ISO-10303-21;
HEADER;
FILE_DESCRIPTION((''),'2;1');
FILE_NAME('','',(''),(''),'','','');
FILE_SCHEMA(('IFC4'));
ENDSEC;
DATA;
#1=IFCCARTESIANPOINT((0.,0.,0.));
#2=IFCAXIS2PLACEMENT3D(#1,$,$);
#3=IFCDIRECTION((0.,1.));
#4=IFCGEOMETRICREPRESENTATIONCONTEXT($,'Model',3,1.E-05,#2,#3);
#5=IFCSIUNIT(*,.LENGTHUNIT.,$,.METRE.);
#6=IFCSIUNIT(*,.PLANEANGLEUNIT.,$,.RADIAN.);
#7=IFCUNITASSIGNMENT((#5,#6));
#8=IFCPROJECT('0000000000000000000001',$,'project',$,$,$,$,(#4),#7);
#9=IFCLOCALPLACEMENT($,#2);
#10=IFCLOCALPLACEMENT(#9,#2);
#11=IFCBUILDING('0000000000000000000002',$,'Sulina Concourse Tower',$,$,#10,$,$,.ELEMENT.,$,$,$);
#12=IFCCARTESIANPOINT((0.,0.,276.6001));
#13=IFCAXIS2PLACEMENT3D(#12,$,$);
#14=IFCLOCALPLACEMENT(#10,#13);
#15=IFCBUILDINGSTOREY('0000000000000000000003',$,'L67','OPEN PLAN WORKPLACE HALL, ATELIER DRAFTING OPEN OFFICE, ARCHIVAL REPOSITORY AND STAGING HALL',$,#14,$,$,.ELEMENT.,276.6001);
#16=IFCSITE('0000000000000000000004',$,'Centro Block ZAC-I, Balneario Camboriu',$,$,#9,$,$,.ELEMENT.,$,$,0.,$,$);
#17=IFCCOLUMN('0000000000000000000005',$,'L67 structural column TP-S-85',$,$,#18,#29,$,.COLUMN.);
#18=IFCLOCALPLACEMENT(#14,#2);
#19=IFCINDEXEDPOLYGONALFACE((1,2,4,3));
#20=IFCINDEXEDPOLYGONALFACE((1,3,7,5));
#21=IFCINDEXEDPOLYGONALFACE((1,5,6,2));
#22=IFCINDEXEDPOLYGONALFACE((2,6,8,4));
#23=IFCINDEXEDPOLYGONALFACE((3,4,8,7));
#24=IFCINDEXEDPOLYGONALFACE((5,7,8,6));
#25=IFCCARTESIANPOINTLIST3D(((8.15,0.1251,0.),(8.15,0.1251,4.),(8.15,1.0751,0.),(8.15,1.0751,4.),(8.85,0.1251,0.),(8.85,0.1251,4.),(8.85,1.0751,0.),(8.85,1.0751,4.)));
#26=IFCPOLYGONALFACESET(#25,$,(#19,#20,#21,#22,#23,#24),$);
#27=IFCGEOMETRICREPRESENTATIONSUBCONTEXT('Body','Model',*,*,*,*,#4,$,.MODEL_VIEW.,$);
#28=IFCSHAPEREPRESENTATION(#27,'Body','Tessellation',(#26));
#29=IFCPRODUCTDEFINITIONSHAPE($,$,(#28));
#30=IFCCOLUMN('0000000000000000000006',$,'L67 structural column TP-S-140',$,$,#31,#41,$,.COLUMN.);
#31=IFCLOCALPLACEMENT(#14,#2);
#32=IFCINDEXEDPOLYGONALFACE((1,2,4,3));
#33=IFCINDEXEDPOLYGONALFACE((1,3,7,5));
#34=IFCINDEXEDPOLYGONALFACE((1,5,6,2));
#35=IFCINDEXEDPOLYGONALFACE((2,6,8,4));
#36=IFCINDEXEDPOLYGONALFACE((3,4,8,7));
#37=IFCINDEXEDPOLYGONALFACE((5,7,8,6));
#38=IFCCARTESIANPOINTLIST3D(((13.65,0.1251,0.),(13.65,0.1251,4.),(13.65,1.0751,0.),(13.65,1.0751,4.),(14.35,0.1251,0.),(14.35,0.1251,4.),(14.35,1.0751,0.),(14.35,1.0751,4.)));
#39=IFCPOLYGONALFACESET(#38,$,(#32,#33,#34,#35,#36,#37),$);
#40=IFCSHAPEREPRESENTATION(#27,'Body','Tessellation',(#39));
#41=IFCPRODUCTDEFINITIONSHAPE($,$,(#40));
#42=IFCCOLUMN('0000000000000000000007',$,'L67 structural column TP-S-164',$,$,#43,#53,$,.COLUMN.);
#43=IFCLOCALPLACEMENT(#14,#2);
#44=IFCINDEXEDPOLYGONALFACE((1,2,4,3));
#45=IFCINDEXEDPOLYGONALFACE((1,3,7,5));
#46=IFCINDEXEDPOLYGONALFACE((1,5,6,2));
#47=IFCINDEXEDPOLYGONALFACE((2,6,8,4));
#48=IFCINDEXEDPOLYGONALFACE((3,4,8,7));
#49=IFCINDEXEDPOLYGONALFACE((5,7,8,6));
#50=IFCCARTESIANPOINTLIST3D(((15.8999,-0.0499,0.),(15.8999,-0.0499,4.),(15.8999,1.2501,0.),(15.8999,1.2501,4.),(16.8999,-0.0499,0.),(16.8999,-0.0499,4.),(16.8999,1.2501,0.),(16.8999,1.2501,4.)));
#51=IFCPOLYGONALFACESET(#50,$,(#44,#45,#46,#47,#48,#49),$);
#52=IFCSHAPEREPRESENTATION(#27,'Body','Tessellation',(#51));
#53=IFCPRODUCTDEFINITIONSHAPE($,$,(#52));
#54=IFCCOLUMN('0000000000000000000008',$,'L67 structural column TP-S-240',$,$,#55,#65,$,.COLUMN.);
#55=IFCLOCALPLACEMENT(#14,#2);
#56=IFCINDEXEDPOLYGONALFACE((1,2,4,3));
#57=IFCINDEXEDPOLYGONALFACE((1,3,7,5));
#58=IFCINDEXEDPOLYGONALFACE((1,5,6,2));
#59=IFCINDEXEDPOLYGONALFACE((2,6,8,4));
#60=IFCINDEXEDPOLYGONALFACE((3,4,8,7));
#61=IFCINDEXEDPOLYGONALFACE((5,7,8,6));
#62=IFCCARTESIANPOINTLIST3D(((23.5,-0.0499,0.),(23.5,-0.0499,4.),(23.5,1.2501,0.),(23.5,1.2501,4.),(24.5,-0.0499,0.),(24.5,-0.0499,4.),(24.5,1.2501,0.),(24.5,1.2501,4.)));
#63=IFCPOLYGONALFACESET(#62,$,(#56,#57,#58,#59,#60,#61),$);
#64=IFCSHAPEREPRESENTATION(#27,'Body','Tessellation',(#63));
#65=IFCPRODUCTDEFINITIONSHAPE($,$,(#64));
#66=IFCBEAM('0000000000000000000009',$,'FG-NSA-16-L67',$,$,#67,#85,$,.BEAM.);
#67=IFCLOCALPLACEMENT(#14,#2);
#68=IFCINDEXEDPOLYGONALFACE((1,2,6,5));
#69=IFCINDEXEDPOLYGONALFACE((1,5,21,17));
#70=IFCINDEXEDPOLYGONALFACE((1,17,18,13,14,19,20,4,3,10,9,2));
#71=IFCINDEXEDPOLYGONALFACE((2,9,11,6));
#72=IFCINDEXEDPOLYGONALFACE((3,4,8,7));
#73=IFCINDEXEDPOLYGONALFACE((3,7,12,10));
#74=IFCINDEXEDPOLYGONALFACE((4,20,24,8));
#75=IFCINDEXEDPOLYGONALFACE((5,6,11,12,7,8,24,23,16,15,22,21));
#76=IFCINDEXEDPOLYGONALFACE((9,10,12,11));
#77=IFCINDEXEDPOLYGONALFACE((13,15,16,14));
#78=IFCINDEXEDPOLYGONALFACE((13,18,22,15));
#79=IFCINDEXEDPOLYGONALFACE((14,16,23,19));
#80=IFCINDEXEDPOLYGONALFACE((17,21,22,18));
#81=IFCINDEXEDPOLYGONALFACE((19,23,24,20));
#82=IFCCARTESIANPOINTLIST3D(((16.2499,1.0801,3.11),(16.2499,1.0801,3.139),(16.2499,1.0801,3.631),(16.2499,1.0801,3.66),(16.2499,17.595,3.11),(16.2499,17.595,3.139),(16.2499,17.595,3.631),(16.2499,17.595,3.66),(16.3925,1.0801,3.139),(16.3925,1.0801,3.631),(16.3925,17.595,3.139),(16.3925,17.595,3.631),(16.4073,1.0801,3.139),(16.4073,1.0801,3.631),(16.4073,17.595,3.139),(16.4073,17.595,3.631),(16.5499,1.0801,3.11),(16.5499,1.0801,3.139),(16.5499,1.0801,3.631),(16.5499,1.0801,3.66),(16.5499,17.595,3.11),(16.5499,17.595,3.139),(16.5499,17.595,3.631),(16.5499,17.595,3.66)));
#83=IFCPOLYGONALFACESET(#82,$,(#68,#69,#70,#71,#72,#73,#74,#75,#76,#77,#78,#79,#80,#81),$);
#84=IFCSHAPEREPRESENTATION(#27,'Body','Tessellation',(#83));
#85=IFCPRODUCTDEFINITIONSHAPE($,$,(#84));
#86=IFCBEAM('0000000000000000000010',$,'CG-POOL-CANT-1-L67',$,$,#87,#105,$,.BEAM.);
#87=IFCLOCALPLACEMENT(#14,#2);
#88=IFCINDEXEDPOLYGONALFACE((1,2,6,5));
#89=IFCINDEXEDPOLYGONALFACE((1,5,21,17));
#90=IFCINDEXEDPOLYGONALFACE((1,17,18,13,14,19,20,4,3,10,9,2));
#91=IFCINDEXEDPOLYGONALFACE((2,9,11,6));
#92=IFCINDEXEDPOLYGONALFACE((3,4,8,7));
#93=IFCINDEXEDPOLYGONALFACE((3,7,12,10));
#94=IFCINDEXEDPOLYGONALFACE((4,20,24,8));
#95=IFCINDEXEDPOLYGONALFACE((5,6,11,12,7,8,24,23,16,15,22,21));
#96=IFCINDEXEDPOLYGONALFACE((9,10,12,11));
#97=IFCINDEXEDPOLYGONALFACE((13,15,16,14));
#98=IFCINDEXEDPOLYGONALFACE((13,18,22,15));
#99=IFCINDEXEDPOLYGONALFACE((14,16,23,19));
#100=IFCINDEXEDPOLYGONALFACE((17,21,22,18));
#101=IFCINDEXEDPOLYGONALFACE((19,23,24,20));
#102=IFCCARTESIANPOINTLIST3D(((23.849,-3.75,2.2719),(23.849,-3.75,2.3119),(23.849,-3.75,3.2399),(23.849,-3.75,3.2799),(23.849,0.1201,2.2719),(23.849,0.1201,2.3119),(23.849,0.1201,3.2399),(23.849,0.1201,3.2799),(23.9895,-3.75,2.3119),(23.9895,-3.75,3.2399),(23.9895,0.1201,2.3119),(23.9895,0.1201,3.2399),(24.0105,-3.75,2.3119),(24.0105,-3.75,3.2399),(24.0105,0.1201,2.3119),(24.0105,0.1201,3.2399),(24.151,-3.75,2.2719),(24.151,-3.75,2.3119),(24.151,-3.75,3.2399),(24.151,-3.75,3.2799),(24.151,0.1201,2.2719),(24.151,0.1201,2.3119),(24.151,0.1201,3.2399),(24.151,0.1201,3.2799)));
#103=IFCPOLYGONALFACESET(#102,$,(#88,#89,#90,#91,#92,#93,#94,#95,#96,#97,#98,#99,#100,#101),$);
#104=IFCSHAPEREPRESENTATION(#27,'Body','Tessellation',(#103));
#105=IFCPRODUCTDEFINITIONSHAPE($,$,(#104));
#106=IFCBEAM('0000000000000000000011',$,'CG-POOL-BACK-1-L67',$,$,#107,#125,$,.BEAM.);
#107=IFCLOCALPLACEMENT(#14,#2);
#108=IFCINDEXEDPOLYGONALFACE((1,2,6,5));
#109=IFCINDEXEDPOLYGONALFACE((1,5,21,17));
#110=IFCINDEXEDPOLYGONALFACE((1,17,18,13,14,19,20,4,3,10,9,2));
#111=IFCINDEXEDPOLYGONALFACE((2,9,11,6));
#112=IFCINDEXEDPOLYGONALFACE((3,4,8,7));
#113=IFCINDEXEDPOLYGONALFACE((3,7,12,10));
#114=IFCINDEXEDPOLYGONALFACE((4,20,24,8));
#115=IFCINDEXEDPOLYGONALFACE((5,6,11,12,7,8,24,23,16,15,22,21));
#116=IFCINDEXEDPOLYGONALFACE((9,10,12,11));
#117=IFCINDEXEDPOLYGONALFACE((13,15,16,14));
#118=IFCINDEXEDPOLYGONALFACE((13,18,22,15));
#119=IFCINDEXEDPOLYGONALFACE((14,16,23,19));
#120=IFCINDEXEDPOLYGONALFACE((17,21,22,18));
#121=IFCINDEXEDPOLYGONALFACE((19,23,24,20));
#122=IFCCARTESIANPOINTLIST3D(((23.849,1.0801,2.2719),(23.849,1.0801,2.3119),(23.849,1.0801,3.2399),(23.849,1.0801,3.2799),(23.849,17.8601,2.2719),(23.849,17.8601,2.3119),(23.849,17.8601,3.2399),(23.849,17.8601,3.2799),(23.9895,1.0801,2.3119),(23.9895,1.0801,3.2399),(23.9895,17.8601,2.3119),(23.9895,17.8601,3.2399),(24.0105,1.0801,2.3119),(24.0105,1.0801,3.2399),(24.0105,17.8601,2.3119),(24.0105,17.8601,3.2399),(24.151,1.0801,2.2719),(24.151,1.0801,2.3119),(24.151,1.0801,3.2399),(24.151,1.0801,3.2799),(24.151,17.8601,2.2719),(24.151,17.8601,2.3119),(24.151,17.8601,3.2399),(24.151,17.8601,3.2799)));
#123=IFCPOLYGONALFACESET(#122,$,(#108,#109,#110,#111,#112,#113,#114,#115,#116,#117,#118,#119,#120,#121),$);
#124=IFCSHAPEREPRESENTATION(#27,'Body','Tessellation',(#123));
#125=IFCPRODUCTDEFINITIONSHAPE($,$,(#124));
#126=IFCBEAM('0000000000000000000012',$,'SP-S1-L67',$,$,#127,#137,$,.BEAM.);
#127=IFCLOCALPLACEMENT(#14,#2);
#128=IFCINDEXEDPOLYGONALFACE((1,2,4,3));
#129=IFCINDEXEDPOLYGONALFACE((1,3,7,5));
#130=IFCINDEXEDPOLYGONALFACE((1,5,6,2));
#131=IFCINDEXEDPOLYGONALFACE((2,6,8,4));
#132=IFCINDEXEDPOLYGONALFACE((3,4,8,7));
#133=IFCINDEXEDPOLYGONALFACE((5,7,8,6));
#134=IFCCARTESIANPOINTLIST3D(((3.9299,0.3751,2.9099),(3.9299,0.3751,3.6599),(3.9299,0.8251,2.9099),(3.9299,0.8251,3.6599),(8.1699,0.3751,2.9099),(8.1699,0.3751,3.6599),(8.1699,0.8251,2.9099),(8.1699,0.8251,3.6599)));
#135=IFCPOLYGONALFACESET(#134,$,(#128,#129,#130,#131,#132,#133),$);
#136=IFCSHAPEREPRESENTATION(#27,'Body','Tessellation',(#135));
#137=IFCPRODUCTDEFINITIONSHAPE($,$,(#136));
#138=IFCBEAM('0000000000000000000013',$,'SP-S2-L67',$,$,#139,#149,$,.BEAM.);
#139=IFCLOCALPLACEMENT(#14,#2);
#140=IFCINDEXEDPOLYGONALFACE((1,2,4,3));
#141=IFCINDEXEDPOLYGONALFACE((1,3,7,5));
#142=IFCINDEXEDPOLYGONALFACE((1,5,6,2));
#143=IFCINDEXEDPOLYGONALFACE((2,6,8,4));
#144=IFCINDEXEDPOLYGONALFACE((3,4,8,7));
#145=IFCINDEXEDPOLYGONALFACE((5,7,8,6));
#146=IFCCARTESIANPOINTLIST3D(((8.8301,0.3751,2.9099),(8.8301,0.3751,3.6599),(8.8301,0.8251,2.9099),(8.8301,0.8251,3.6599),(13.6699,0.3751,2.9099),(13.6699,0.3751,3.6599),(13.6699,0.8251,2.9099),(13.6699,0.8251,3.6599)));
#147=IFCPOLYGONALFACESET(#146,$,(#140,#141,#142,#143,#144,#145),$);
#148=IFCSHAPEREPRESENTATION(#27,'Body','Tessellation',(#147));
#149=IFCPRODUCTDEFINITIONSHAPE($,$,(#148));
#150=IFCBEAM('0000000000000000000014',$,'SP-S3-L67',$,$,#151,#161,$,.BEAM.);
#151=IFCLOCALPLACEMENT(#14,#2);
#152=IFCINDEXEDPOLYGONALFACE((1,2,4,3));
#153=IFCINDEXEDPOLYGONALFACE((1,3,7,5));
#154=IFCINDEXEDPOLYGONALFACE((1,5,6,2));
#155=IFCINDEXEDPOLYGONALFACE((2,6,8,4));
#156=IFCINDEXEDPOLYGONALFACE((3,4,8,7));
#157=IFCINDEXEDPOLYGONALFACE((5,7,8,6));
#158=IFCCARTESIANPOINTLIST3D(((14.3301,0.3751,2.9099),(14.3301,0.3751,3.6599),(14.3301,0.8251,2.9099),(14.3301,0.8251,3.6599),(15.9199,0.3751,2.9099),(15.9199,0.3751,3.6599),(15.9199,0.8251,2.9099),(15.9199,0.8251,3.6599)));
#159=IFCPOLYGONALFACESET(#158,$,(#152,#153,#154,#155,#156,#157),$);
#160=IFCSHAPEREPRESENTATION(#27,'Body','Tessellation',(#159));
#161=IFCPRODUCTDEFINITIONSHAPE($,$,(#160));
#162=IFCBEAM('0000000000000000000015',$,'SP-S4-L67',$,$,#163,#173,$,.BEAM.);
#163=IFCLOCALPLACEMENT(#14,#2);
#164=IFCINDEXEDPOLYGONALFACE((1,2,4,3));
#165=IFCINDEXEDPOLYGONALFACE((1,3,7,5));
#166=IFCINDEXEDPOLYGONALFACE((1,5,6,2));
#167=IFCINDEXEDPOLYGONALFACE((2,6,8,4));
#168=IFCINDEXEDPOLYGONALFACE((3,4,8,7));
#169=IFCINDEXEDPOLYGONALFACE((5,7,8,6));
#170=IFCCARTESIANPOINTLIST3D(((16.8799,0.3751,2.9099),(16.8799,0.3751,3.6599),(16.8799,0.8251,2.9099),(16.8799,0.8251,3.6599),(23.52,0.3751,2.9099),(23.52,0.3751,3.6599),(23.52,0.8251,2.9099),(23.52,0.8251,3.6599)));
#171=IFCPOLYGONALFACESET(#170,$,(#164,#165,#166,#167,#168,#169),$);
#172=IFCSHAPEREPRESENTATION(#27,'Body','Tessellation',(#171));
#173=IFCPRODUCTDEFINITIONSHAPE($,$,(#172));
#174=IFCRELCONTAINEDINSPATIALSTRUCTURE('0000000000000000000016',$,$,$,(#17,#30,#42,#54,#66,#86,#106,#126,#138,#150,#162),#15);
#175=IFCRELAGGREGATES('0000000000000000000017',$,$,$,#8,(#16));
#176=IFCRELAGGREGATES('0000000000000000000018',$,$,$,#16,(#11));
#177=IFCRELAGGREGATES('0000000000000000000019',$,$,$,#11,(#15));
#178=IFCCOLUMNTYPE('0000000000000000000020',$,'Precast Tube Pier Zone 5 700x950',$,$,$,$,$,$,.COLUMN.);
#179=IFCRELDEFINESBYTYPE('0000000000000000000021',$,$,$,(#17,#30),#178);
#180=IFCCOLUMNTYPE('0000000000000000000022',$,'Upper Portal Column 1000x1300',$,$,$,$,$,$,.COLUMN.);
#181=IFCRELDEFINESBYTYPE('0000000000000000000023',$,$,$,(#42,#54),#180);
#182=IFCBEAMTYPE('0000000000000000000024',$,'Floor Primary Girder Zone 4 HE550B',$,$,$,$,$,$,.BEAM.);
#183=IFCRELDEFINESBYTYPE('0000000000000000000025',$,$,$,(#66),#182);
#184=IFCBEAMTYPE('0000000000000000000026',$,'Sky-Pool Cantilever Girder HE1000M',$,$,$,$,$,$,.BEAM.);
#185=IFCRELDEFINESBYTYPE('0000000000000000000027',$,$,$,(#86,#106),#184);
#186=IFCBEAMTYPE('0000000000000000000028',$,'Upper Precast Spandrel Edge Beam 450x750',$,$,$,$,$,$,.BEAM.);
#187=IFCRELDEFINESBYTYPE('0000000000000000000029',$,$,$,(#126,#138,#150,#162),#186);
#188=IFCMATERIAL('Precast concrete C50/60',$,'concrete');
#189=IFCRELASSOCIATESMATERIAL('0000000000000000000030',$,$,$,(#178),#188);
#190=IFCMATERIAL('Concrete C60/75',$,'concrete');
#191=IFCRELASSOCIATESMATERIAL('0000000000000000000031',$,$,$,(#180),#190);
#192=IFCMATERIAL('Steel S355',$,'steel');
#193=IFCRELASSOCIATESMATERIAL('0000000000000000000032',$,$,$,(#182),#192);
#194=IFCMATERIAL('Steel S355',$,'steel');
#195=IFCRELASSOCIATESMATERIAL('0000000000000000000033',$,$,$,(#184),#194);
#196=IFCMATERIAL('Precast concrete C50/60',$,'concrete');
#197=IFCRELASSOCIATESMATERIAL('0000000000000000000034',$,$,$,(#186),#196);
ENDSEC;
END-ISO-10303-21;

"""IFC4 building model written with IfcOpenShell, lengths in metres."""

from ifc_helpers import new_model, si_unit, direction, frame, origin, origin_2d, place, context, subcontext, project, spatial, rectangle, i_section, extrude, material, material_profile, profile_set, type_object, element, save


model = new_model("IFC4")

# Units and contexts
model_context = context("Model", 3, precision=1e-05, world=origin(), true_north=direction((0.0, 1.0)))
body_context = subcontext(model_context, "Body", "Model", "MODEL_VIEW")
ifc_project = project(units=[si_unit("LENGTHUNIT", "METRE"), si_unit("PLANEANGLEUNIT", "RADIAN")], contexts=[model_context])

# Site, building, storey
site_placement = place(None, origin())
site = spatial("IfcSite", under=ifc_project, at=site_placement, Name="Centro Block ZAC-I, Balneario Camboriu", CompositionType="ELEMENT", RefElevation=0.0)
building_placement = place(site_placement, origin())
building = spatial("IfcBuilding", under=site, at=building_placement, Name="Sulina Concourse Tower", CompositionType="ELEMENT")
storey_placement = place(building_placement, frame((0.0, 0.0, 276.6001)))
storey = spatial("IfcBuildingStorey", under=building, at=storey_placement, Name="L67", Description="OPEN PLAN WORKPLACE HALL, ATELIER DRAFTING OPEN OFFICE, ARCHIVAL REPOSITORY AND STAGING HALL", CompositionType="ELEMENT", Elevation=276.6001)

# Columns
ifc_material_1 = material(Name="Precast concrete C50/60", Category="concrete")
ifc_material_profile_1 = material_profile(ifc_material_1, rectangle(XDim=0.7, YDim=0.95, at=origin_2d()), Name="PC 700x950")
ifc_profile_set_1 = profile_set([ifc_material_profile_1], Name="Precast concrete C50/60")
column_type_1 = type_object("IfcColumnType", Name="Precast Tube Pier Zone 5 700x950", PredefinedType="COLUMN", material=ifc_profile_set_1)
for number, where, z_axis, x_axis, name in (
    (1, (8.5, 0.6001, 0.0), (0.0, 0.0, 1.0), (1.0, 0.0, 0.0), "L67 structural column TP-S-85"),
    (2, (14.0, 0.6001, 0.0), (0.0, 0.0, 1.0), (1.0, 0.0, 0.0), "L67 structural column TP-S-140"),
):
    element("IfcColumn", number, at=place(storey_placement, frame(where, z_axis=z_axis, x_axis=x_axis)), inside=storey, type_object=column_type_1, Name=name, PredefinedType="COLUMN", context=body_context, shape_type="SweptSolid", body=[
        extrude(rectangle(XDim=0.7, YDim=0.95, at=origin_2d()), origin(), (0.0, 0.0, 1.0), 4.0),
    ])
ifc_material_2 = material(Name="Concrete C60/75", Category="concrete")
ifc_material_profile_2 = material_profile(ifc_material_2, rectangle(XDim=1.0, YDim=1.3, at=origin_2d()), Name="RC 1000x1300")
ifc_profile_set_2 = profile_set([ifc_material_profile_2], Name="Concrete C60/75")
column_type_2 = type_object("IfcColumnType", Name="Upper Portal Column 1000x1300", PredefinedType="COLUMN", material=ifc_profile_set_2)
for number, where, z_axis, x_axis, name in (
    (3, (16.3999, 0.6001, 0.0), (0.0, 0.0, 1.0), (1.0, 0.0, 0.0), "L67 structural column TP-S-164"),
    (4, (24.0, 0.6001, 0.0), (0.0, 0.0, 1.0), (1.0, 0.0, 0.0), "L67 structural column TP-S-240"),
):
    element("IfcColumn", number, at=place(storey_placement, frame(where, z_axis=z_axis, x_axis=x_axis)), inside=storey, type_object=column_type_2, Name=name, PredefinedType="COLUMN", context=body_context, shape_type="SweptSolid", body=[
        extrude(rectangle(XDim=1.0, YDim=1.3, at=origin_2d()), origin(), (0.0, 0.0, 1.0), 4.0),
    ])

# Beams
ifc_material_3 = material(Name="Steel S355", Category="steel")
ifc_material_profile_3 = material_profile(ifc_material_3, i_section(OverallWidth=0.3, OverallDepth=0.55, WebThickness=0.0149, FlangeThickness=0.0291, at=origin_2d()), Name="HE 550 B")
ifc_profile_set_3 = profile_set([ifc_material_profile_3], Name="Steel S355")
beam_type_1 = type_object("IfcBeamType", Name="Floor Primary Girder Zone 4 HE550B", PredefinedType="BEAM", material=ifc_profile_set_3)
beam_1_placement = place(storey_placement, frame((16.3999, 1.0801, 3.385), z_axis=(0.0, 1.0, 0.0), x_axis=(-1.0, 0.0, 0.0)))
element("IfcBeam", 5, at=beam_1_placement, inside=storey, type_object=beam_type_1, Name="FG-NSA-16-L67", PredefinedType="BEAM", context=body_context, shape_type="SweptSolid", body=[
    extrude(i_section(OverallWidth=0.3, OverallDepth=0.55, WebThickness=0.0149, FlangeThickness=0.0291, at=origin_2d()), origin(), (0.0, 0.0, 1.0), 16.5149),
])
ifc_material_4 = material(Name="Steel S355", Category="steel")
ifc_material_profile_4 = material_profile(ifc_material_4, i_section(OverallWidth=0.302, OverallDepth=1.0081, WebThickness=0.021, FlangeThickness=0.04, at=origin_2d()), Name="HE 1000 M")
ifc_profile_set_4 = profile_set([ifc_material_profile_4], Name="Steel S355")
beam_type_2 = type_object("IfcBeamType", Name="Sky-Pool Cantilever Girder HE1000M", PredefinedType="BEAM", material=ifc_profile_set_4)
beam_2_placement = place(storey_placement, frame((24.0, -3.75, 2.7759), z_axis=(0.0, 1.0, 0.0), x_axis=(-1.0, 0.0, 0.0)))
element("IfcBeam", 6, at=beam_2_placement, inside=storey, type_object=beam_type_2, Name="CG-POOL-CANT-1-L67", PredefinedType="BEAM", context=body_context, shape_type="SweptSolid", body=[
    extrude(i_section(OverallWidth=0.302, OverallDepth=1.0081, WebThickness=0.021, FlangeThickness=0.04, at=origin_2d()), origin(), (0.0, 0.0, 1.0), 3.8701),
])
beam_3_placement = place(storey_placement, frame((24.0, 1.0801, 2.7759), z_axis=(0.0, 1.0, 0.0), x_axis=(-1.0, 0.0, 0.0)))
element("IfcBeam", 7, at=beam_3_placement, inside=storey, type_object=beam_type_2, Name="CG-POOL-BACK-1-L67", PredefinedType="BEAM", context=body_context, shape_type="SweptSolid", body=[
    extrude(i_section(OverallWidth=0.302, OverallDepth=1.0081, WebThickness=0.021, FlangeThickness=0.04, at=origin_2d()), origin(), (0.0, 0.0, 1.0), 16.78),
])
ifc_material_5 = material(Name="Precast concrete C50/60", Category="concrete")
ifc_material_profile_5 = material_profile(ifc_material_5, rectangle(XDim=0.45, YDim=0.75, at=origin_2d()), Name="RC 450x750")
ifc_profile_set_5 = profile_set([ifc_material_profile_5], Name="Precast concrete C50/60")
beam_type_3 = type_object("IfcBeamType", Name="Upper Precast Spandrel Edge Beam 450x750", PredefinedType="BEAM", material=ifc_profile_set_5)
beam_4_placement = place(storey_placement, frame((3.9299, 0.6001, 3.2849), z_axis=(1.0, 0.0, 0.0), x_axis=(0.0, 1.0, 0.0)))
element("IfcBeam", 8, at=beam_4_placement, inside=storey, type_object=beam_type_3, Name="SP-S1-L67", PredefinedType="BEAM", context=body_context, shape_type="SweptSolid", body=[
    extrude(rectangle(XDim=0.45, YDim=0.75, at=origin_2d()), origin(), (0.0, 0.0, 1.0), 4.24),
])
beam_5_placement = place(storey_placement, frame((8.8301, 0.6001, 3.2849), z_axis=(1.0, 0.0, 0.0), x_axis=(0.0, 1.0, 0.0)))
element("IfcBeam", 9, at=beam_5_placement, inside=storey, type_object=beam_type_3, Name="SP-S2-L67", PredefinedType="BEAM", context=body_context, shape_type="SweptSolid", body=[
    extrude(rectangle(XDim=0.45, YDim=0.75, at=origin_2d()), origin(), (0.0, 0.0, 1.0), 4.8398),
])
beam_6_placement = place(storey_placement, frame((14.3301, 0.6001, 3.2849), z_axis=(1.0, 0.0, 0.0), x_axis=(0.0, 1.0, 0.0)))
element("IfcBeam", 10, at=beam_6_placement, inside=storey, type_object=beam_type_3, Name="SP-S3-L67", PredefinedType="BEAM", context=body_context, shape_type="SweptSolid", body=[
    extrude(rectangle(XDim=0.45, YDim=0.75, at=origin_2d()), origin(), (0.0, 0.0, 1.0), 1.5898),
])
beam_7_placement = place(storey_placement, frame((16.8799, 0.6001, 3.2849), z_axis=(1.0, 0.0, 0.0), x_axis=(0.0, 1.0, 0.0)))
element("IfcBeam", 11, at=beam_7_placement, inside=storey, type_object=beam_type_3, Name="SP-S4-L67", PredefinedType="BEAM", context=body_context, shape_type="SweptSolid", body=[
    extrude(rectangle(XDim=0.45, YDim=0.75, at=origin_2d()), origin(), (0.0, 0.0, 1.0), 6.6401),
])

save(model, "model.ifc")
